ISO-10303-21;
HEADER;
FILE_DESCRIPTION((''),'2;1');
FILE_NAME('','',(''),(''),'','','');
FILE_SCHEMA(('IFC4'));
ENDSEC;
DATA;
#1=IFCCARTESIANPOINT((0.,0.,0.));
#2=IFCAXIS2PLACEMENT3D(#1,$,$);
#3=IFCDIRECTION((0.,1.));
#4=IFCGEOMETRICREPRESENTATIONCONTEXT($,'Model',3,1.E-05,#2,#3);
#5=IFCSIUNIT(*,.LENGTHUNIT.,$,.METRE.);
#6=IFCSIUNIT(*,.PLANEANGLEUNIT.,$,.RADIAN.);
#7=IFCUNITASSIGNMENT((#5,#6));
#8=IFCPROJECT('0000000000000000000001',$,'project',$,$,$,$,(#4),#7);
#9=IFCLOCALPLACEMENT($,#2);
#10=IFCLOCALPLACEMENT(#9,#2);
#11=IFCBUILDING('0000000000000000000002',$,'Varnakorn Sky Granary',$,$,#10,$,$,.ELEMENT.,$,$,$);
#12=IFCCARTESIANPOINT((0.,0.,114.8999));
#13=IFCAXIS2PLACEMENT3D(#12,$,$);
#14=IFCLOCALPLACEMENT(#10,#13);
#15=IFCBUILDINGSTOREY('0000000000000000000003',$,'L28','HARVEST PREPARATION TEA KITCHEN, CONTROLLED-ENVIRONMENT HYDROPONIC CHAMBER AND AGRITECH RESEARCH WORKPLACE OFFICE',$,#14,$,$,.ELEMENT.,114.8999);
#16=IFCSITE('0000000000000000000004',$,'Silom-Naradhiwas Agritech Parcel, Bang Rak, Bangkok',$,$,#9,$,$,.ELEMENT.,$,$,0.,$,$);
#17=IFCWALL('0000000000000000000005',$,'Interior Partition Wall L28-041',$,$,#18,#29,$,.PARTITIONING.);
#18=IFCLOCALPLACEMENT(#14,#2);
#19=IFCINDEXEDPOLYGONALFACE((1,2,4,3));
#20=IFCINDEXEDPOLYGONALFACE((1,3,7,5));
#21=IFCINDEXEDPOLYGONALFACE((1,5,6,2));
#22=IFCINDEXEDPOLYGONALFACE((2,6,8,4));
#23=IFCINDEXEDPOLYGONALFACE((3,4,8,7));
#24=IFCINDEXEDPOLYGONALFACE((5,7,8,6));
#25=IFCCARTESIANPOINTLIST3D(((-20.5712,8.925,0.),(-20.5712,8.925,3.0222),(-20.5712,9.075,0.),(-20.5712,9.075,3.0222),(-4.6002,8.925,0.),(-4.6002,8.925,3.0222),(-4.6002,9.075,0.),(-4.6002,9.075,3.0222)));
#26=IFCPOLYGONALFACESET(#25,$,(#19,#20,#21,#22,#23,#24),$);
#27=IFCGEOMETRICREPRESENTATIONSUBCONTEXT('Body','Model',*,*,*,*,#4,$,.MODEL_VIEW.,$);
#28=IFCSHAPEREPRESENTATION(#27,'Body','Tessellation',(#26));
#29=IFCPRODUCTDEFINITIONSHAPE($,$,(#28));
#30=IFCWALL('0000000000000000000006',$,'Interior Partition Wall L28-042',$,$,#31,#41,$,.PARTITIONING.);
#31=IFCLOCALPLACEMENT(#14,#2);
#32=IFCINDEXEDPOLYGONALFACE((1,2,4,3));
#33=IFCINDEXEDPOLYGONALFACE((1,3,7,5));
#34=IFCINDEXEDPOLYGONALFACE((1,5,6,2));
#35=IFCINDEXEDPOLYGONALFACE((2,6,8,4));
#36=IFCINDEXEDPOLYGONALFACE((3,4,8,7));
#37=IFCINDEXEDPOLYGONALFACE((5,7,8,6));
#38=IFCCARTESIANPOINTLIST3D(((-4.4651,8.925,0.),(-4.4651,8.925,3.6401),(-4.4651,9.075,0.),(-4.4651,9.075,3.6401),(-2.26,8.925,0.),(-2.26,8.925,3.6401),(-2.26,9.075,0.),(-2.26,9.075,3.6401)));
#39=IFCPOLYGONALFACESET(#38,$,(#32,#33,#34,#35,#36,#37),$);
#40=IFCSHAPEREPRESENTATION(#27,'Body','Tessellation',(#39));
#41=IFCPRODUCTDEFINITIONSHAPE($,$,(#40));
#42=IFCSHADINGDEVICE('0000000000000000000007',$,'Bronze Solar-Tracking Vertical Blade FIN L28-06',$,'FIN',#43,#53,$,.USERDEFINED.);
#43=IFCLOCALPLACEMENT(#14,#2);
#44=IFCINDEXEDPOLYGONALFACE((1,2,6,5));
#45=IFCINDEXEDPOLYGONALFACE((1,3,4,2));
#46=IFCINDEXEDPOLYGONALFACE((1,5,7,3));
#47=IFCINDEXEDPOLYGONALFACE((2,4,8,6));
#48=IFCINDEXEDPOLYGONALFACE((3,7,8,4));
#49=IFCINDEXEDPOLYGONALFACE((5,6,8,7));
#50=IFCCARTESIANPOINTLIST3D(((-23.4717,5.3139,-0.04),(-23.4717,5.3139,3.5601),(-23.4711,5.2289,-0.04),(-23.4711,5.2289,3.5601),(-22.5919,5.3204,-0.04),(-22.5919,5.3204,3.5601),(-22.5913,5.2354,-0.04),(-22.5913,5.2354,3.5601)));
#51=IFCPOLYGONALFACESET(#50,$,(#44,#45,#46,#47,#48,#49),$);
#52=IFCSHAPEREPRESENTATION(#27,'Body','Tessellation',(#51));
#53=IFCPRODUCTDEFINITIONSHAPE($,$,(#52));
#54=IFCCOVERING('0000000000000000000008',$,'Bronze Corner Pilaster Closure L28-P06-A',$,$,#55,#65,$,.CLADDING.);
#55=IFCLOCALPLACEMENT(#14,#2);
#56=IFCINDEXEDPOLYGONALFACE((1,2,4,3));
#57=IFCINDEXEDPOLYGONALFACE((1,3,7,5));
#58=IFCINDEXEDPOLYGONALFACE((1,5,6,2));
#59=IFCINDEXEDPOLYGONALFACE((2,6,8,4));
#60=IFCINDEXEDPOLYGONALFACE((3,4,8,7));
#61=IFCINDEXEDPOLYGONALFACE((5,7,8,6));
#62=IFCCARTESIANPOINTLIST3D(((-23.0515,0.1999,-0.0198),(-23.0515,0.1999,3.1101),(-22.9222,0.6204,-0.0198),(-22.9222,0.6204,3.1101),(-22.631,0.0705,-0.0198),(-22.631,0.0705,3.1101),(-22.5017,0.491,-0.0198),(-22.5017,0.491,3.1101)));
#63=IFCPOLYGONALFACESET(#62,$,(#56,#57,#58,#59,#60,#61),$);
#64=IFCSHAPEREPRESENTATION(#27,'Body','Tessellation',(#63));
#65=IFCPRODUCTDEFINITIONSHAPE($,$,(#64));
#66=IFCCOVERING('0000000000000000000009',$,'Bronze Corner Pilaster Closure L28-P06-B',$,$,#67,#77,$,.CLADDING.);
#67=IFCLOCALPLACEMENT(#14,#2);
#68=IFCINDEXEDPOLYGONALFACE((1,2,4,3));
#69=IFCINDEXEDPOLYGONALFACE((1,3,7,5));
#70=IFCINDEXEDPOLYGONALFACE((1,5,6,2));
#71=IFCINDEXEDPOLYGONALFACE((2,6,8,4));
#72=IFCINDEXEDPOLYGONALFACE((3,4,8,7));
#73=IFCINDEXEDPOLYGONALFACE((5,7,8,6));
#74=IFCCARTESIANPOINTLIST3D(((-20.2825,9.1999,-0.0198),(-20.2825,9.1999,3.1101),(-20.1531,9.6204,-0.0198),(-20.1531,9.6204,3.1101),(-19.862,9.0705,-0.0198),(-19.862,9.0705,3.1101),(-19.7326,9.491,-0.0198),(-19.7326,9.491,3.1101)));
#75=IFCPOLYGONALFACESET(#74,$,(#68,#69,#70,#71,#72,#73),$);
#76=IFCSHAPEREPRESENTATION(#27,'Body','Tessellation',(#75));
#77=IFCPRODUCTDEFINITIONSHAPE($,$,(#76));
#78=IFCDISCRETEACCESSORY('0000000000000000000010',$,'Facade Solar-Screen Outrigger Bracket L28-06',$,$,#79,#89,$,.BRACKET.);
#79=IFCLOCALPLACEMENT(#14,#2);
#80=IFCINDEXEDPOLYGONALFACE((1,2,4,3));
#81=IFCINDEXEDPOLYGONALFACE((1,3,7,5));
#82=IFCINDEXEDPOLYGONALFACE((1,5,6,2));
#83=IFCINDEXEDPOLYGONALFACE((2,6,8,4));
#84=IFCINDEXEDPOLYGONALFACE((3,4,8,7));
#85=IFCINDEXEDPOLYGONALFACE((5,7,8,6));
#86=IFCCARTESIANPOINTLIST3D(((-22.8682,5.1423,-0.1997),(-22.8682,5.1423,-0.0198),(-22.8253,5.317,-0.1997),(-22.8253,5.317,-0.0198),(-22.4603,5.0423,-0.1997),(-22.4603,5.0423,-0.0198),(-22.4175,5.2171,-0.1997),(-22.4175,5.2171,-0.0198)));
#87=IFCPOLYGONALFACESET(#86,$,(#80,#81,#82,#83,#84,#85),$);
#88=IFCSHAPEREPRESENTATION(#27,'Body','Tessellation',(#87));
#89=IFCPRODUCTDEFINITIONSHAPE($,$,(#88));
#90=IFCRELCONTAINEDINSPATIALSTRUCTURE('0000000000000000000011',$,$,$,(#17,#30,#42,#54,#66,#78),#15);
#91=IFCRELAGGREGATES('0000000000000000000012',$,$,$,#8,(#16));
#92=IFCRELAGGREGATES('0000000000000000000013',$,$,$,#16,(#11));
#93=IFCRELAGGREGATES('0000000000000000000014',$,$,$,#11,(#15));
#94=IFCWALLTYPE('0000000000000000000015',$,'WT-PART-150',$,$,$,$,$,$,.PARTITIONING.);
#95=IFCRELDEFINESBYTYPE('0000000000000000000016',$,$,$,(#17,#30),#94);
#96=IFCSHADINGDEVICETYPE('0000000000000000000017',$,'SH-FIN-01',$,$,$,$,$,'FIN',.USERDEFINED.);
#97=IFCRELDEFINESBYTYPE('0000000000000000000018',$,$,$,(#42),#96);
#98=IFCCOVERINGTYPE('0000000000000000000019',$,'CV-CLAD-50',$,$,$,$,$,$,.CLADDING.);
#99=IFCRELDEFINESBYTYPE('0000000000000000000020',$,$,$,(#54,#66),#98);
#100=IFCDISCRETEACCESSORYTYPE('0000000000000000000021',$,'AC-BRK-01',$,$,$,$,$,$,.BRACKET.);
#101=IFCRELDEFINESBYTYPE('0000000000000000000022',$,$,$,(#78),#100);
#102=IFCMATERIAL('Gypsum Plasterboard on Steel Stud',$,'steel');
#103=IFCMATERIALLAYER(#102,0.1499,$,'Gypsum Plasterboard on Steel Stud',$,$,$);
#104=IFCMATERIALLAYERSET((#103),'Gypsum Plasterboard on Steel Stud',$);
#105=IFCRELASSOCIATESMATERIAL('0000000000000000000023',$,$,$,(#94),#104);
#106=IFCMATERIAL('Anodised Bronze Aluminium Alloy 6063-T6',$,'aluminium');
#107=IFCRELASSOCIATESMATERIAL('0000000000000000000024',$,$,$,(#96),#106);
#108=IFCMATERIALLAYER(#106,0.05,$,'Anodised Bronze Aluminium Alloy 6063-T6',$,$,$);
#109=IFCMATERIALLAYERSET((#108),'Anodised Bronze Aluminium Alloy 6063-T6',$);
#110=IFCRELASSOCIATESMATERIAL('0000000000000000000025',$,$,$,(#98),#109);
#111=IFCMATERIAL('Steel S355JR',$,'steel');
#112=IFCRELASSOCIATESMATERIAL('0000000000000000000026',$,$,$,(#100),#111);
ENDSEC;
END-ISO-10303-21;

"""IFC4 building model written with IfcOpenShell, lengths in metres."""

from ifc_helpers import new_model, si_unit, direction, frame, frame_2d, origin, origin_2d, place, context, subcontext, project, spatial, rectangle, extrude, source, transform, mapped, material, layer, layer_set, type_object, type_shapes, element, save


model = new_model("IFC4")

# Units and contexts
model_context = context("Model", 3, precision=1e-05, world=origin(), true_north=direction((0.0, 1.0)))
body_context = subcontext(model_context, "Body", "Model", "MODEL_VIEW")
ifc_project = project(units=[si_unit("LENGTHUNIT", "METRE"), si_unit("PLANEANGLEUNIT", "RADIAN")], contexts=[model_context])

# Site, building, storey
site_placement = place(None, origin())
site = spatial("IfcSite", under=ifc_project, at=site_placement, Name="Silom-Naradhiwas Agritech Parcel, Bang Rak, Bangkok", CompositionType="ELEMENT", RefElevation=0.0)
building_placement = place(site_placement, origin())
building = spatial("IfcBuilding", under=site, at=building_placement, Name="Varnakorn Sky Granary", CompositionType="ELEMENT")
storey_placement = place(building_placement, frame((0.0, 0.0, 114.8999)))
storey = spatial("IfcBuildingStorey", under=building, at=storey_placement, Name="L28", Description="HARVEST PREPARATION TEA KITCHEN, CONTROLLED-ENVIRONMENT HYDROPONIC CHAMBER AND AGRITECH RESEARCH WORKPLACE OFFICE", CompositionType="ELEMENT", Elevation=114.8999)

# Shared definitions
ifc_material_1 = material(Name="Steel S355JR", Category="steel")

# Shared definitions
ifc_material_2 = material(Name="Anodised Bronze Aluminium Alloy 6063-T6", Category="aluminium")

# Walls
ifc_material_3 = material(Name="Gypsum Plasterboard on Steel Stud", Category="steel")
ifc_layer_1 = layer(ifc_material_3, 0.1499, Name="Gypsum Plasterboard on Steel Stud")
ifc_layer_set_1 = layer_set([ifc_layer_1], Name="Gypsum Plasterboard on Steel Stud")
wall_type_1 = type_object("IfcWallType", Name="WT-PART-150", PredefinedType="PARTITIONING", material=ifc_layer_set_1)
wall_1_placement = place(storey_placement, frame((-20.571, 9.0, 0.0), z_axis=(0.0, 0.0, 1.0), x_axis=(1.0, 0.0, 0.0)))
element("IfcWall", 1, at=wall_1_placement, inside=storey, type_object=wall_type_1, Name="Interior Partition Wall L28-041", PredefinedType="PARTITIONING", context=body_context, shape_type="SweptSolid", body=[
    extrude(rectangle(XDim=15.9709, YDim=0.1499, at=frame_2d((7.9854, 0.0))), origin(), (0.0, 0.0, 1.0), 3.0222),
])
wall_2_placement = place(storey_placement, frame((-4.4651, 9.0, 0.0), z_axis=(0.0, 0.0, 1.0), x_axis=(1.0, 0.0, 0.0)))
element("IfcWall", 2, at=wall_2_placement, inside=storey, type_object=wall_type_1, Name="Interior Partition Wall L28-042", PredefinedType="PARTITIONING", context=body_context, shape_type="SweptSolid", body=[
    extrude(rectangle(XDim=2.2051, YDim=0.1499, at=frame_2d((1.1025, 0.0))), origin(), (0.0, 0.0, 1.0), 3.6401),
])

# Shading device
shading_device_type = type_object("IfcShadingDeviceType", Name="SH-FIN-01", ElementType="FIN", PredefinedType="USERDEFINED", material=ifc_material_2)
shared_shape_1 = source(origin(), body_context, "Body", "SweptSolid", [
    extrude(rectangle(XDim=0.085, YDim=0.8799, at=origin_2d()), origin(), (0.0, 0.0, 1.0), 3.6001),
])
type_shapes(shading_device_type, [shared_shape_1])
shading_device_placement = place(storey_placement, frame((-23.0315, 5.2747, -0.04), z_axis=(0.0, 0.0, 1.0), x_axis=(0.007384, -0.999973, 0.0)))
element("IfcShadingDevice", 3, at=shading_device_placement, inside=storey, type_object=shading_device_type, Name="Bronze Solar-Tracking Vertical Blade FIN L28-06", ObjectType="FIN", PredefinedType="USERDEFINED", context=body_context, shape_type="MappedRepresentation", body=[
    mapped(shared_shape_1, transform((0.0, 0.0, 0.0), x_axis=(1.0, 0.0, 0.0), y_axis=(0.0, 1.0, 0.0), z_axis=(0.0, 0.0, 1.0), scale=1.0)),
])

# Coverings
ifc_layer_2 = layer(ifc_material_2, 0.05, Name="Anodised Bronze Aluminium Alloy 6063-T6")
ifc_layer_set_2 = layer_set([ifc_layer_2], Name="Anodised Bronze Aluminium Alloy 6063-T6")
covering_type = type_object("IfcCoveringType", Name="CV-CLAD-50", PredefinedType="CLADDING", material=ifc_layer_set_2)
shared_shape_2 = source(origin(), body_context, "Body", "SweptSolid", [
    extrude(rectangle(XDim=0.4399, YDim=0.4399, at=origin_2d()), origin(), (0.0, 0.0, 1.0), 3.1299),
])
type_shapes(covering_type, [shared_shape_2])
for number, where, z_axis, x_axis, name in (
    (4, (-22.7766, 0.3455, -0.0198), (0.0, 0.0, 1.0), (0.29404, 0.955793, 0.0), "Bronze Corner Pilaster Closure L28-P06-A"),
    (5, (-20.0076, 9.3455, -0.0198), (0.0, 0.0, 1.0), (0.29404, 0.955793, 0.0), "Bronze Corner Pilaster Closure L28-P06-B"),
):
    element("IfcCovering", number, at=place(storey_placement, frame(where, z_axis=z_axis, x_axis=x_axis)), inside=storey, type_object=covering_type, Name=name, PredefinedType="CLADDING", context=body_context, shape_type="MappedRepresentation", body=[
        mapped(shared_shape_2, transform((0.0, 0.0, 0.0), x_axis=(1.0, 0.0, 0.0), y_axis=(0.0, 1.0, 0.0), z_axis=(0.0, 0.0, 1.0), scale=1.0)),
    ])

# Discrete accessory
discrete_accessory_type = type_object("IfcDiscreteAccessoryType", Name="AC-BRK-01", PredefinedType="BRACKET", material=ifc_material_1)
shared_shape_3 = source(origin(), body_context, "Body", "SweptSolid", [
    extrude(rectangle(XDim=0.1799, YDim=0.4199, at=origin_2d()), origin(), (0.0, 0.0, 1.0), 0.1799),
])
type_shapes(discrete_accessory_type, [shared_shape_3])
discrete_accessory_placement = place(storey_placement, frame((-22.6428, 5.1797, -0.1997), z_axis=(0.0, 0.0, 1.0), x_axis=(-0.237943, -0.971279, 0.0)))
element("IfcDiscreteAccessory", 6, at=discrete_accessory_placement, inside=storey, type_object=discrete_accessory_type, Name="Facade Solar-Screen Outrigger Bracket L28-06", PredefinedType="BRACKET", context=body_context, shape_type="MappedRepresentation", body=[
    mapped(shared_shape_3, transform((0.0, 0.0, 0.0), x_axis=(1.0, 0.0, 0.0), y_axis=(0.0, 1.0, 0.0), z_axis=(0.0, 0.0, 1.0), scale=1.0)),
])

save(model, "model.ifc")
